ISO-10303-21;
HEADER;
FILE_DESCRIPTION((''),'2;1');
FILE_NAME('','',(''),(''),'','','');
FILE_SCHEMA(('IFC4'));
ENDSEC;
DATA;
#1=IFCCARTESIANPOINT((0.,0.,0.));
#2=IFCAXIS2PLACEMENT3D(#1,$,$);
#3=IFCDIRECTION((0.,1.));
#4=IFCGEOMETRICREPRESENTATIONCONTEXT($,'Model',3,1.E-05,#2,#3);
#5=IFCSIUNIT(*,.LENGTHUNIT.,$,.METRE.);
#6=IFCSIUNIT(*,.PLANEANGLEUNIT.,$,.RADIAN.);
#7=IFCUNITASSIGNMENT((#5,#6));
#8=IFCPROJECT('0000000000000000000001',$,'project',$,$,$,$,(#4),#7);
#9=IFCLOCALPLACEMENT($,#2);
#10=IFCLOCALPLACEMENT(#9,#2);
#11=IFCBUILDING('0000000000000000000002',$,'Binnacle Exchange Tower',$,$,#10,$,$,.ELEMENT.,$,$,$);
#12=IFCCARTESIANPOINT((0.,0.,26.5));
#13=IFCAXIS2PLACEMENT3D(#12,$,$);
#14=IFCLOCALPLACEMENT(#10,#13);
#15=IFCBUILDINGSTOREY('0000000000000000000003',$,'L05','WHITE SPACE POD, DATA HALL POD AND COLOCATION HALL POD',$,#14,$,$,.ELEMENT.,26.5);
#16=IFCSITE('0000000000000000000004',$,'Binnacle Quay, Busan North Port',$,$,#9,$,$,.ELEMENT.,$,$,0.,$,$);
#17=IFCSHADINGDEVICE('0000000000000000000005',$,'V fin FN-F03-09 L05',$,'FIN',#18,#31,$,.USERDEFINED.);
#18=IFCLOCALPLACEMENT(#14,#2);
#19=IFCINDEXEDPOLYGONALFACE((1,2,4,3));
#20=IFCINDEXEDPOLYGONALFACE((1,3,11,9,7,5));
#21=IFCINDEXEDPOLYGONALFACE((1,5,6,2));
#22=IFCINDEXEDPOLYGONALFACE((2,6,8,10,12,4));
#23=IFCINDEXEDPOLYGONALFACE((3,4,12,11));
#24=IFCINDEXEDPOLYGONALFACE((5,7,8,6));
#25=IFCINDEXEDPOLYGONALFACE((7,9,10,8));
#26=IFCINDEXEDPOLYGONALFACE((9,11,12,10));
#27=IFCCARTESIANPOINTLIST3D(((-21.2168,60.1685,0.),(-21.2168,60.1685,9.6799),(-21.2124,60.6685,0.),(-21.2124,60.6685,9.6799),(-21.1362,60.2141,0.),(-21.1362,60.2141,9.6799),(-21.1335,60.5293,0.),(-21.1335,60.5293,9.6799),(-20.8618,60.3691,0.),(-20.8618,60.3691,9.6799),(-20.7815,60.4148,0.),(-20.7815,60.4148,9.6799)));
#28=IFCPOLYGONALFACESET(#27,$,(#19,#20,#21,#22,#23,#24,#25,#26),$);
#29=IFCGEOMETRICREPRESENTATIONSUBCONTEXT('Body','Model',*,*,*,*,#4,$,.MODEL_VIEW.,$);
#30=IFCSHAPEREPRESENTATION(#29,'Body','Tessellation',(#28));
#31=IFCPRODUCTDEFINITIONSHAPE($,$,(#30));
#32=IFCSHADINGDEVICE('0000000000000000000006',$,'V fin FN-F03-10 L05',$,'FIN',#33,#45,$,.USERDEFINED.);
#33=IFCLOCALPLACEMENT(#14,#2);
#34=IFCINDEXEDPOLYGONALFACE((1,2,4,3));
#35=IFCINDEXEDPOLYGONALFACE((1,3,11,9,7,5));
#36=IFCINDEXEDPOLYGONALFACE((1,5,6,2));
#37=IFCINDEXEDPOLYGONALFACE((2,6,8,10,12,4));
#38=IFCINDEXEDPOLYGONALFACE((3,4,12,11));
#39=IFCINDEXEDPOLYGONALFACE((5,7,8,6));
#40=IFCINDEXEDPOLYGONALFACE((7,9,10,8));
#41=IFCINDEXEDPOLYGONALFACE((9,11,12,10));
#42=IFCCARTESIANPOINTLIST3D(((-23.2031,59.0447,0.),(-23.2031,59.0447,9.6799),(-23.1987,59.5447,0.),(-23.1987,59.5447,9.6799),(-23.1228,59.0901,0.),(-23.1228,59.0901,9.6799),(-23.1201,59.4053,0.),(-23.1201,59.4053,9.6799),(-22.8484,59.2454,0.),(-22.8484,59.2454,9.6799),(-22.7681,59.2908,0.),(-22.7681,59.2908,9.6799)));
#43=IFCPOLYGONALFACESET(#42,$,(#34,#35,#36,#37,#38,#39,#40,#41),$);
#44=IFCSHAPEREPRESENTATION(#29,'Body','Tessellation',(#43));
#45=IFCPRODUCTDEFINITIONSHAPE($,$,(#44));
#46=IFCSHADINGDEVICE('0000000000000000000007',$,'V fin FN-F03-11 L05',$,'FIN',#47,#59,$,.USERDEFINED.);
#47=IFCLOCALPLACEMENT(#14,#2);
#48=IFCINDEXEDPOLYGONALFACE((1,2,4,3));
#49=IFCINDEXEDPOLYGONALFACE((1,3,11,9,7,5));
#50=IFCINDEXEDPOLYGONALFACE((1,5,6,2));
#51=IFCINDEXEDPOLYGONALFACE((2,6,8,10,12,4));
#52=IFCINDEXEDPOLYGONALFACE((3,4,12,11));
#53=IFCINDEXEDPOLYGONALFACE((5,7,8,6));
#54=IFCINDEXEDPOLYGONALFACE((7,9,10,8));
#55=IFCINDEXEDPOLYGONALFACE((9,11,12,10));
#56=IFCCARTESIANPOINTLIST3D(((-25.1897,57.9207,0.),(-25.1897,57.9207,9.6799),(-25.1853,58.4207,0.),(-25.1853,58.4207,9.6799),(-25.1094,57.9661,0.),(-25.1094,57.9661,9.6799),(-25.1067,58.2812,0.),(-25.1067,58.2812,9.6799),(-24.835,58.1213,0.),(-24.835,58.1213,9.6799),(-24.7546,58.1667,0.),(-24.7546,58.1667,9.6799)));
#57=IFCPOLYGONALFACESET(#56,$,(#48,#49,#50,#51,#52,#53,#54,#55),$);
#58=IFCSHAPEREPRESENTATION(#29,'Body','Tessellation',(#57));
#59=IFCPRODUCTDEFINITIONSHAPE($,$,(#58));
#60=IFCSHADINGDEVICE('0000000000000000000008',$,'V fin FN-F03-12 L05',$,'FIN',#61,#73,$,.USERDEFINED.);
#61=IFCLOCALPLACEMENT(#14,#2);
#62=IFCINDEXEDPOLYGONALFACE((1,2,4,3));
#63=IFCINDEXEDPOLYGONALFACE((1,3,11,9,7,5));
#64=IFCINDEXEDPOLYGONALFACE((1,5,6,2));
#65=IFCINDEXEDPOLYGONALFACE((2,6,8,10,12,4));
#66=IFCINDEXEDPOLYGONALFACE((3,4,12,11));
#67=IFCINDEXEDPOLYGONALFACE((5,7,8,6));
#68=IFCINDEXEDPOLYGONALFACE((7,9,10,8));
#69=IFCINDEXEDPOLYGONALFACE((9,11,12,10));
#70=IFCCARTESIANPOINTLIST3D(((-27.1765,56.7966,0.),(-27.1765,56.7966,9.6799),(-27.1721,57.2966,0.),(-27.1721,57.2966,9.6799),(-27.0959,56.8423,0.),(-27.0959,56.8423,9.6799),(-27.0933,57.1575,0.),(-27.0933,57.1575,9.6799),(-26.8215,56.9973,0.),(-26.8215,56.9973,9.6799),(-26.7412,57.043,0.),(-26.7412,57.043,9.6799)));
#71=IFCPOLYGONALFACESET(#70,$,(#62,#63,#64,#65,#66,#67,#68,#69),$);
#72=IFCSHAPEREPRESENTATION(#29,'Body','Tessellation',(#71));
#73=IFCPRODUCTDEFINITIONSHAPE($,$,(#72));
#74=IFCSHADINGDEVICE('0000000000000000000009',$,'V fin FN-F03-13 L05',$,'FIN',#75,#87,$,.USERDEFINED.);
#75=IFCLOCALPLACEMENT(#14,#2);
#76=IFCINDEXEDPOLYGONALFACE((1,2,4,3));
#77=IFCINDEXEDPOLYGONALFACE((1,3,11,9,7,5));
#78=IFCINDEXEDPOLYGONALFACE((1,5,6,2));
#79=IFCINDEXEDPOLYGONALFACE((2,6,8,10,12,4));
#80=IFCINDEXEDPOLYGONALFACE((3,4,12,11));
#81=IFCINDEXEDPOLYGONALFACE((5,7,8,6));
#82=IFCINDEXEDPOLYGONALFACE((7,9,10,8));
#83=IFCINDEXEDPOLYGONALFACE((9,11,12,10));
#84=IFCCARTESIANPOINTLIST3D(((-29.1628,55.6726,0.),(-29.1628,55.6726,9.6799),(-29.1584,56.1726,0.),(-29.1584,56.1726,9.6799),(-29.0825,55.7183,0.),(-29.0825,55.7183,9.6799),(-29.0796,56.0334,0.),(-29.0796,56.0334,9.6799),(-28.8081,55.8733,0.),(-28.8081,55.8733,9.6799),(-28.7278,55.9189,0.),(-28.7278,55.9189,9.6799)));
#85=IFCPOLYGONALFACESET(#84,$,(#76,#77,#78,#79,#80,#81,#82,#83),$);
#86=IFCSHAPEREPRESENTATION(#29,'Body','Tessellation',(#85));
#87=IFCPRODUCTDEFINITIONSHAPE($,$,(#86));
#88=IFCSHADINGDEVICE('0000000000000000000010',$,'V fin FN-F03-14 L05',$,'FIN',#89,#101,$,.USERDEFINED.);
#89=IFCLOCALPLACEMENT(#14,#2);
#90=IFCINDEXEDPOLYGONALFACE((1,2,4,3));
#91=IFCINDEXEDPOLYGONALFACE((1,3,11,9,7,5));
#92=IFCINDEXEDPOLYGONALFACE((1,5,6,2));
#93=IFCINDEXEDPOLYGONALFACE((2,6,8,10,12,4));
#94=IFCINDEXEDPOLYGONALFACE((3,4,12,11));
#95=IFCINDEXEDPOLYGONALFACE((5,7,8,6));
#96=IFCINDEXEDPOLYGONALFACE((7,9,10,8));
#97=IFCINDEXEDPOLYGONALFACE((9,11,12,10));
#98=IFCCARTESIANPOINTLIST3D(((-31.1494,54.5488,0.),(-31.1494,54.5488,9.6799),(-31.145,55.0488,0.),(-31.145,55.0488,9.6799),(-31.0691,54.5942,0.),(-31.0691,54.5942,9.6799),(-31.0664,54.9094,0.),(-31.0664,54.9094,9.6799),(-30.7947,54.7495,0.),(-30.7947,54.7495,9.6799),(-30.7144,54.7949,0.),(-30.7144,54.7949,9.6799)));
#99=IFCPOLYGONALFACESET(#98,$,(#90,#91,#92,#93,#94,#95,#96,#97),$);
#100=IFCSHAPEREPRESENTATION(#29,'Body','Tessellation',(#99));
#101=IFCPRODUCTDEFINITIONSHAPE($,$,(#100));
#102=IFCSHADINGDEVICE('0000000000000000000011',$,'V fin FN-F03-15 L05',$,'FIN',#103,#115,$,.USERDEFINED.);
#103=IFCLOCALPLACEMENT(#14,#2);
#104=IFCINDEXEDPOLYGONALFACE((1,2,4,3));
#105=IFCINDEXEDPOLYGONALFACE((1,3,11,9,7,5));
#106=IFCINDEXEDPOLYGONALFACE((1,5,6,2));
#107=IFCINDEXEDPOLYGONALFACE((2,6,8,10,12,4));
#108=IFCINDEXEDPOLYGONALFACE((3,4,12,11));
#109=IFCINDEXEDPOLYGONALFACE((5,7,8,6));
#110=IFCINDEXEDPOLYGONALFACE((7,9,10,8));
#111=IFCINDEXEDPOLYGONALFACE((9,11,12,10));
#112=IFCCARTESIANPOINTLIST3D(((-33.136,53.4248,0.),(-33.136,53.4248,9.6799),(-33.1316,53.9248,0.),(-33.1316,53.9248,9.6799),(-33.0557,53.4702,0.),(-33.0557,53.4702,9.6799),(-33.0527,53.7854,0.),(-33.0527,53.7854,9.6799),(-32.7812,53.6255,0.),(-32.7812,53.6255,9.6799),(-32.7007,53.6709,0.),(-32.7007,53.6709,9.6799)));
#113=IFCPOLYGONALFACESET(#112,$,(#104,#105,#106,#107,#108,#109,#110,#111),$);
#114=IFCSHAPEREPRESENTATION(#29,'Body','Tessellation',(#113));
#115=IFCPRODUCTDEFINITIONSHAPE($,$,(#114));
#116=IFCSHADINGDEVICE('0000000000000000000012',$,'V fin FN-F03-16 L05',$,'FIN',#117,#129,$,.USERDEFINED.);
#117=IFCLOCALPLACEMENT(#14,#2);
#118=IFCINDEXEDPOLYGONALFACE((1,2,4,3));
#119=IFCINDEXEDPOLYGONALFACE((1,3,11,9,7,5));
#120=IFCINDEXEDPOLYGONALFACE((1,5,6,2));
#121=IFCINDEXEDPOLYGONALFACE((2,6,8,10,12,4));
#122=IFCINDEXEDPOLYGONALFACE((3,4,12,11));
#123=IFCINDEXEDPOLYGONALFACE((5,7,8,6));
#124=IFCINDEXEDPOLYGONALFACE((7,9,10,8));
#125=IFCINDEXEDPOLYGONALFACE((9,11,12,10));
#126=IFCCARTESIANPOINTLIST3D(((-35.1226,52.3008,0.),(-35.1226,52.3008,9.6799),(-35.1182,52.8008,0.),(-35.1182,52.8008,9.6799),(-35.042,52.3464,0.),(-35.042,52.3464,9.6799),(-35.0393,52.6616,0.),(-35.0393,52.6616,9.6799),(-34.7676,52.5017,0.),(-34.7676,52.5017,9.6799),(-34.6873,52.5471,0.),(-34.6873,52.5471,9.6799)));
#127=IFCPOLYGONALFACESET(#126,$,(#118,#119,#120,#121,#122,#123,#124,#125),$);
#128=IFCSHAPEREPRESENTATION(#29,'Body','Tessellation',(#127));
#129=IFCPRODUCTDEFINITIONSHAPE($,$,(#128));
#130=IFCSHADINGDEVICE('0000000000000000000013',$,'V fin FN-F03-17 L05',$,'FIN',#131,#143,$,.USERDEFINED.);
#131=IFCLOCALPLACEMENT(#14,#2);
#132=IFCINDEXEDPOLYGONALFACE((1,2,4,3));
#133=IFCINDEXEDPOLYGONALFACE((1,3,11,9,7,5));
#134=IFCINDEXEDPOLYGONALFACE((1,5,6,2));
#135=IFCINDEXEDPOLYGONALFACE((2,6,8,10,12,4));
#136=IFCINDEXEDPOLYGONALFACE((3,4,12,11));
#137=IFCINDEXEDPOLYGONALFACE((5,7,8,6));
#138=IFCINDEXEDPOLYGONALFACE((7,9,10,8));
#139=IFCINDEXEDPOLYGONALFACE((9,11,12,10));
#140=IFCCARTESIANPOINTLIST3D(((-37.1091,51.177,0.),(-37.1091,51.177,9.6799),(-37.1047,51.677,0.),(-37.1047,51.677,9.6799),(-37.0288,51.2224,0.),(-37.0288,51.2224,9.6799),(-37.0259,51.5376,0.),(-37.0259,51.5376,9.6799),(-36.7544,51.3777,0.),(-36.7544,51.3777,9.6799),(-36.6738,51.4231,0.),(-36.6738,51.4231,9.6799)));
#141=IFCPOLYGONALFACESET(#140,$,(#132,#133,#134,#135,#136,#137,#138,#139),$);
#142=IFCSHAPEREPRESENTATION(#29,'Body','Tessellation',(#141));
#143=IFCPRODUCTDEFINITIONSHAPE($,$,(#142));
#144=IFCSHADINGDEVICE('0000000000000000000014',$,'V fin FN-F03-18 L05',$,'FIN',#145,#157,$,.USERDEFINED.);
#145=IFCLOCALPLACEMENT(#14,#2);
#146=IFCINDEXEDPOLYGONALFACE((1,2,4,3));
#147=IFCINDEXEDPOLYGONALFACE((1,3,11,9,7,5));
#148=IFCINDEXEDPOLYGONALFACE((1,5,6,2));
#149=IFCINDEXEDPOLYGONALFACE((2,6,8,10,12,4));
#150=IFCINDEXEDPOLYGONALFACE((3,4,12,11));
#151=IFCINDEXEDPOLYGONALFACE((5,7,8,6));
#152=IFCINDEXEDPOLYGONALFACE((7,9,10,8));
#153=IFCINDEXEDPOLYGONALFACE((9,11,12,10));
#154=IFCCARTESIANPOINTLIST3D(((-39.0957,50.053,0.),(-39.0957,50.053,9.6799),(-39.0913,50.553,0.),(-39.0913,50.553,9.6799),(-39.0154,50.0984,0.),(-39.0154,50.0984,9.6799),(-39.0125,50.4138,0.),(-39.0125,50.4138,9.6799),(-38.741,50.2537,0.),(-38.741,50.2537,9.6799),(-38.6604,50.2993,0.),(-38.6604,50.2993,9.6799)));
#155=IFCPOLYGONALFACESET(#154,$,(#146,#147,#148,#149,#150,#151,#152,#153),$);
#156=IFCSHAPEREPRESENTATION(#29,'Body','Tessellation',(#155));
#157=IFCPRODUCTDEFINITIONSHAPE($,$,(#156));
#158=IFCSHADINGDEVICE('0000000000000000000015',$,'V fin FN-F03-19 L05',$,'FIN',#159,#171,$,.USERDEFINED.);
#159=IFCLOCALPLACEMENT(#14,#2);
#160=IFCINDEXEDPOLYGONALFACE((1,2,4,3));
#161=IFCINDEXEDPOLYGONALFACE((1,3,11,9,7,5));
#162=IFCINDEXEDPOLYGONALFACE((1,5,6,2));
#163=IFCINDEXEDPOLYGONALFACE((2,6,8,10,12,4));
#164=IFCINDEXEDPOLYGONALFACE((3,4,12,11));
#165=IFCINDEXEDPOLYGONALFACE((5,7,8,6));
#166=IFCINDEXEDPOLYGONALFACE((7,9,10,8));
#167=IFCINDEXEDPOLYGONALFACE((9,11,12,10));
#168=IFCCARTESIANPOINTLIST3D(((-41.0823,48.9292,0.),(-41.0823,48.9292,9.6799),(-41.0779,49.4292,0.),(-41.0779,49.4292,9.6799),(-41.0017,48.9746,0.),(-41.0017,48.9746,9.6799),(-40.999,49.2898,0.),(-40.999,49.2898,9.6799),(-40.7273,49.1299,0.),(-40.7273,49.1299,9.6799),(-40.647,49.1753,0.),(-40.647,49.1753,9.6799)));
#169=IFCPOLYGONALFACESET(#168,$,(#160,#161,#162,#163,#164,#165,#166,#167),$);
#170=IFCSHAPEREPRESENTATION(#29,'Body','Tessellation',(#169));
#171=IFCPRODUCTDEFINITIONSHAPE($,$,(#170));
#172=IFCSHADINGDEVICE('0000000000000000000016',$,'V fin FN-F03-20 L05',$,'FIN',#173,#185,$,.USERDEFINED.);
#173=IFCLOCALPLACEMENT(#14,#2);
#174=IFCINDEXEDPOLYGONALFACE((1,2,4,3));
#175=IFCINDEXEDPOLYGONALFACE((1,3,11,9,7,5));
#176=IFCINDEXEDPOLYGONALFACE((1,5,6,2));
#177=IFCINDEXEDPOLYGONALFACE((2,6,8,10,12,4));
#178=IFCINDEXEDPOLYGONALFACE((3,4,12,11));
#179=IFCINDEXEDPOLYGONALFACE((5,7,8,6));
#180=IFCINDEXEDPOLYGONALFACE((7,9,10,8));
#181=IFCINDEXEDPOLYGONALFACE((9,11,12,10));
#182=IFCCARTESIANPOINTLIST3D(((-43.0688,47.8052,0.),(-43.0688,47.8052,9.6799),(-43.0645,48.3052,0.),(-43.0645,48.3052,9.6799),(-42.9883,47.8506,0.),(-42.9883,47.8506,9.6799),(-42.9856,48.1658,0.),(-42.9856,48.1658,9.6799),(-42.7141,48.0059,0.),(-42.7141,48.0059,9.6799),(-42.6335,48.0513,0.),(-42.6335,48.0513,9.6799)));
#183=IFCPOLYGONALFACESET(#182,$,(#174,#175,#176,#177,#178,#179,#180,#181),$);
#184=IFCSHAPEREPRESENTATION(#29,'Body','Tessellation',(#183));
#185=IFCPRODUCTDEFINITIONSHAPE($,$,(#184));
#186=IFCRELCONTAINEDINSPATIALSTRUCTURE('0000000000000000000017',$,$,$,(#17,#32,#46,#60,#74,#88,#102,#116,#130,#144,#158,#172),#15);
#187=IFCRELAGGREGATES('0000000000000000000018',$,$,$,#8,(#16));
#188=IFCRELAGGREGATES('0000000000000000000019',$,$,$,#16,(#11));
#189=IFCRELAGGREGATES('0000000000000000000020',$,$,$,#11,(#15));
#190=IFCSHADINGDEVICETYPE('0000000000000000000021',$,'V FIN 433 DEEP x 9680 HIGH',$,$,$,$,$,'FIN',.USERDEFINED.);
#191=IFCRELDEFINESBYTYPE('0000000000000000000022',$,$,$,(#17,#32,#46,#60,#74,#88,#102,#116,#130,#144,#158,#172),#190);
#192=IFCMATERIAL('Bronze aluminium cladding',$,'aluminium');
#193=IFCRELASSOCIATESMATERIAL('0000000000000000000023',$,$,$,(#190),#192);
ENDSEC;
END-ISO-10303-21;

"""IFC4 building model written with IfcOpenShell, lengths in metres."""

from ifc_helpers import new_model, si_unit, direction, frame, origin, place, context, subcontext, project, spatial, polyline, outline, extrude, material, type_object, element, save


model = new_model("IFC4")

# Units and contexts
model_context = context("Model", 3, precision=1e-05, world=origin(), true_north=direction((0.0, 1.0)))
body_context = subcontext(model_context, "Body", "Model", "MODEL_VIEW")
ifc_project = project(units=[si_unit("LENGTHUNIT", "METRE"), si_unit("PLANEANGLEUNIT", "RADIAN")], contexts=[model_context])

# Site, building, storey
site_placement = place(None, origin())
site = spatial("IfcSite", under=ifc_project, at=site_placement, Name="Binnacle Quay, Busan North Port", CompositionType="ELEMENT", RefElevation=0.0)
building_placement = place(site_placement, origin())
building = spatial("IfcBuilding", under=site, at=building_placement, Name="Binnacle Exchange Tower", CompositionType="ELEMENT")
storey_placement = place(building_placement, frame((0.0, 0.0, 26.5)))
storey = spatial("IfcBuildingStorey", under=building, at=storey_placement, Name="L05", Description="WHITE SPACE POD, DATA HALL POD AND COLOCATION HALL POD", CompositionType="ELEMENT", Elevation=26.5)

# Shading devices
ifc_material = material(Name="Bronze aluminium cladding", Category="aluminium")
shading_device_type = type_object("IfcShadingDeviceType", Name="V FIN 433 DEEP x 9680 HIGH", ElementType="FIN", PredefinedType="USERDEFINED", material=ifc_material)
shading_device_1_placement = place(storey_placement, origin())
element("IfcShadingDevice", 1, at=shading_device_1_placement, inside=storey, type_object=shading_device_type, Name="V fin FN-F03-09 L05", ObjectType="FIN", PredefinedType="USERDEFINED", context=body_context, shape_type="SweptSolid", body=[
    extrude(outline(polyline([(-20.7815, 60.4148), (-21.2124, 60.6685), (-21.2168, 60.1685), (-21.1362, 60.2141), (-21.1335, 60.5293), (-20.8618, 60.3691), (-20.7815, 60.4148)])), origin(), (0.0, 0.0, 1.0), 9.6799),
])
shading_device_2_placement = place(storey_placement, origin())
element("IfcShadingDevice", 2, at=shading_device_2_placement, inside=storey, type_object=shading_device_type, Name="V fin FN-F03-10 L05", ObjectType="FIN", PredefinedType="USERDEFINED", context=body_context, shape_type="SweptSolid", body=[
    extrude(outline(polyline([(-22.7681, 59.2908), (-23.1987, 59.5447), (-23.2031, 59.0447), (-23.1228, 59.0901), (-23.1201, 59.4053), (-22.8484, 59.2454), (-22.7681, 59.2908)])), origin(), (0.0, 0.0, 1.0), 9.6799),
])
shading_device_3_placement = place(storey_placement, origin())
element("IfcShadingDevice", 3, at=shading_device_3_placement, inside=storey, type_object=shading_device_type, Name="V fin FN-F03-11 L05", ObjectType="FIN", PredefinedType="USERDEFINED", context=body_context, shape_type="SweptSolid", body=[
    extrude(outline(polyline([(-24.7546, 58.1667), (-25.1853, 58.4207), (-25.1897, 57.9207), (-25.1094, 57.9661), (-25.1067, 58.2812), (-24.835, 58.1213), (-24.7546, 58.1667)])), origin(), (0.0, 0.0, 1.0), 9.6799),
])
shading_device_4_placement = place(storey_placement, origin())
element("IfcShadingDevice", 4, at=shading_device_4_placement, inside=storey, type_object=shading_device_type, Name="V fin FN-F03-12 L05", ObjectType="FIN", PredefinedType="USERDEFINED", context=body_context, shape_type="SweptSolid", body=[
    extrude(outline(polyline([(-26.7412, 57.043), (-27.1721, 57.2966), (-27.1765, 56.7966), (-27.0959, 56.8423), (-27.0933, 57.1575), (-26.8215, 56.9973), (-26.7412, 57.043)])), origin(), (0.0, 0.0, 1.0), 9.6799),
])
shading_device_5_placement = place(storey_placement, origin())
element("IfcShadingDevice", 5, at=shading_device_5_placement, inside=storey, type_object=shading_device_type, Name="V fin FN-F03-13 L05", ObjectType="FIN", PredefinedType="USERDEFINED", context=body_context, shape_type="SweptSolid", body=[
    extrude(outline(polyline([(-28.7278, 55.9189), (-29.1584, 56.1726), (-29.1628, 55.6726), (-29.0825, 55.7183), (-29.0796, 56.0334), (-28.8081, 55.8733), (-28.7278, 55.9189)])), origin(), (0.0, 0.0, 1.0), 9.6799),
])
shading_device_6_placement = place(storey_placement, origin())
element("IfcShadingDevice", 6, at=shading_device_6_placement, inside=storey, type_object=shading_device_type, Name="V fin FN-F03-14 L05", ObjectType="FIN", PredefinedType="USERDEFINED", context=body_context, shape_type="SweptSolid", body=[
    extrude(outline(polyline([(-30.7144, 54.7949), (-31.145, 55.0488), (-31.1494, 54.5488), (-31.0691, 54.5942), (-31.0664, 54.9094), (-30.7947, 54.7495), (-30.7144, 54.7949)])), origin(), (0.0, 0.0, 1.0), 9.6799),
])
shading_device_7_placement = place(storey_placement, origin())
element("IfcShadingDevice", 7, at=shading_device_7_placement, inside=storey, type_object=shading_device_type, Name="V fin FN-F03-15 L05", ObjectType="FIN", PredefinedType="USERDEFINED", context=body_context, shape_type="SweptSolid", body=[
    extrude(outline(polyline([(-32.7007, 53.6709), (-33.1316, 53.9248), (-33.136, 53.4248), (-33.0557, 53.4702), (-33.0527, 53.7854), (-32.7812, 53.6255), (-32.7007, 53.6709)])), origin(), (0.0, 0.0, 1.0), 9.6799),
])
shading_device_8_placement = place(storey_placement, origin())
element("IfcShadingDevice", 8, at=shading_device_8_placement, inside=storey, type_object=shading_device_type, Name="V fin FN-F03-16 L05", ObjectType="FIN", PredefinedType="USERDEFINED", context=body_context, shape_type="SweptSolid", body=[
    extrude(outline(polyline([(-34.6873, 52.5471), (-35.1182, 52.8008), (-35.1226, 52.3008), (-35.042, 52.3464), (-35.0393, 52.6616), (-34.7676, 52.5017), (-34.6873, 52.5471)])), origin(), (0.0, 0.0, 1.0), 9.6799),
])
shading_device_9_placement = place(storey_placement, origin())
element("IfcShadingDevice", 9, at=shading_device_9_placement, inside=storey, type_object=shading_device_type, Name="V fin FN-F03-17 L05", ObjectType="FIN", PredefinedType="USERDEFINED", context=body_context, shape_type="SweptSolid", body=[
    extrude(outline(polyline([(-36.6738, 51.4231), (-37.1047, 51.677), (-37.1091, 51.177), (-37.0288, 51.2224), (-37.0259, 51.5376), (-36.7544, 51.3777), (-36.6738, 51.4231)])), origin(), (0.0, 0.0, 1.0), 9.6799),
])
shading_device_10_placement = place(storey_placement, origin())
element("IfcShadingDevice", 10, at=shading_device_10_placement, inside=storey, type_object=shading_device_type, Name="V fin FN-F03-18 L05", ObjectType="FIN", PredefinedType="USERDEFINED", context=body_context, shape_type="SweptSolid", body=[
    extrude(outline(polyline([(-38.6604, 50.2993), (-39.0913, 50.553), (-39.0957, 50.053), (-39.0154, 50.0984), (-39.0125, 50.4138), (-38.741, 50.2537), (-38.6604, 50.2993)])), origin(), (0.0, 0.0, 1.0), 9.6799),
])
shading_device_11_placement = place(storey_placement, origin())
element("IfcShadingDevice", 11, at=shading_device_11_placement, inside=storey, type_object=shading_device_type, Name="V fin FN-F03-19 L05", ObjectType="FIN", PredefinedType="USERDEFINED", context=body_context, shape_type="SweptSolid", body=[
    extrude(outline(polyline([(-40.647, 49.1753), (-41.0779, 49.4292), (-41.0823, 48.9292), (-41.0017, 48.9746), (-40.999, 49.2898), (-40.7273, 49.1299), (-40.647, 49.1753)])), origin(), (0.0, 0.0, 1.0), 9.6799),
])
shading_device_12_placement = place(storey_placement, origin())
element("IfcShadingDevice", 12, at=shading_device_12_placement, inside=storey, type_object=shading_device_type, Name="V fin FN-F03-20 L05", ObjectType="FIN", PredefinedType="USERDEFINED", context=body_context, shape_type="SweptSolid", body=[
    extrude(outline(polyline([(-42.6335, 48.0513), (-43.0645, 48.3052), (-43.0688, 47.8052), (-42.9883, 47.8506), (-42.9856, 48.1658), (-42.7141, 48.0059), (-42.6335, 48.0513)])), origin(), (0.0, 0.0, 1.0), 9.6799),
])

save(model, "model.ifc")
